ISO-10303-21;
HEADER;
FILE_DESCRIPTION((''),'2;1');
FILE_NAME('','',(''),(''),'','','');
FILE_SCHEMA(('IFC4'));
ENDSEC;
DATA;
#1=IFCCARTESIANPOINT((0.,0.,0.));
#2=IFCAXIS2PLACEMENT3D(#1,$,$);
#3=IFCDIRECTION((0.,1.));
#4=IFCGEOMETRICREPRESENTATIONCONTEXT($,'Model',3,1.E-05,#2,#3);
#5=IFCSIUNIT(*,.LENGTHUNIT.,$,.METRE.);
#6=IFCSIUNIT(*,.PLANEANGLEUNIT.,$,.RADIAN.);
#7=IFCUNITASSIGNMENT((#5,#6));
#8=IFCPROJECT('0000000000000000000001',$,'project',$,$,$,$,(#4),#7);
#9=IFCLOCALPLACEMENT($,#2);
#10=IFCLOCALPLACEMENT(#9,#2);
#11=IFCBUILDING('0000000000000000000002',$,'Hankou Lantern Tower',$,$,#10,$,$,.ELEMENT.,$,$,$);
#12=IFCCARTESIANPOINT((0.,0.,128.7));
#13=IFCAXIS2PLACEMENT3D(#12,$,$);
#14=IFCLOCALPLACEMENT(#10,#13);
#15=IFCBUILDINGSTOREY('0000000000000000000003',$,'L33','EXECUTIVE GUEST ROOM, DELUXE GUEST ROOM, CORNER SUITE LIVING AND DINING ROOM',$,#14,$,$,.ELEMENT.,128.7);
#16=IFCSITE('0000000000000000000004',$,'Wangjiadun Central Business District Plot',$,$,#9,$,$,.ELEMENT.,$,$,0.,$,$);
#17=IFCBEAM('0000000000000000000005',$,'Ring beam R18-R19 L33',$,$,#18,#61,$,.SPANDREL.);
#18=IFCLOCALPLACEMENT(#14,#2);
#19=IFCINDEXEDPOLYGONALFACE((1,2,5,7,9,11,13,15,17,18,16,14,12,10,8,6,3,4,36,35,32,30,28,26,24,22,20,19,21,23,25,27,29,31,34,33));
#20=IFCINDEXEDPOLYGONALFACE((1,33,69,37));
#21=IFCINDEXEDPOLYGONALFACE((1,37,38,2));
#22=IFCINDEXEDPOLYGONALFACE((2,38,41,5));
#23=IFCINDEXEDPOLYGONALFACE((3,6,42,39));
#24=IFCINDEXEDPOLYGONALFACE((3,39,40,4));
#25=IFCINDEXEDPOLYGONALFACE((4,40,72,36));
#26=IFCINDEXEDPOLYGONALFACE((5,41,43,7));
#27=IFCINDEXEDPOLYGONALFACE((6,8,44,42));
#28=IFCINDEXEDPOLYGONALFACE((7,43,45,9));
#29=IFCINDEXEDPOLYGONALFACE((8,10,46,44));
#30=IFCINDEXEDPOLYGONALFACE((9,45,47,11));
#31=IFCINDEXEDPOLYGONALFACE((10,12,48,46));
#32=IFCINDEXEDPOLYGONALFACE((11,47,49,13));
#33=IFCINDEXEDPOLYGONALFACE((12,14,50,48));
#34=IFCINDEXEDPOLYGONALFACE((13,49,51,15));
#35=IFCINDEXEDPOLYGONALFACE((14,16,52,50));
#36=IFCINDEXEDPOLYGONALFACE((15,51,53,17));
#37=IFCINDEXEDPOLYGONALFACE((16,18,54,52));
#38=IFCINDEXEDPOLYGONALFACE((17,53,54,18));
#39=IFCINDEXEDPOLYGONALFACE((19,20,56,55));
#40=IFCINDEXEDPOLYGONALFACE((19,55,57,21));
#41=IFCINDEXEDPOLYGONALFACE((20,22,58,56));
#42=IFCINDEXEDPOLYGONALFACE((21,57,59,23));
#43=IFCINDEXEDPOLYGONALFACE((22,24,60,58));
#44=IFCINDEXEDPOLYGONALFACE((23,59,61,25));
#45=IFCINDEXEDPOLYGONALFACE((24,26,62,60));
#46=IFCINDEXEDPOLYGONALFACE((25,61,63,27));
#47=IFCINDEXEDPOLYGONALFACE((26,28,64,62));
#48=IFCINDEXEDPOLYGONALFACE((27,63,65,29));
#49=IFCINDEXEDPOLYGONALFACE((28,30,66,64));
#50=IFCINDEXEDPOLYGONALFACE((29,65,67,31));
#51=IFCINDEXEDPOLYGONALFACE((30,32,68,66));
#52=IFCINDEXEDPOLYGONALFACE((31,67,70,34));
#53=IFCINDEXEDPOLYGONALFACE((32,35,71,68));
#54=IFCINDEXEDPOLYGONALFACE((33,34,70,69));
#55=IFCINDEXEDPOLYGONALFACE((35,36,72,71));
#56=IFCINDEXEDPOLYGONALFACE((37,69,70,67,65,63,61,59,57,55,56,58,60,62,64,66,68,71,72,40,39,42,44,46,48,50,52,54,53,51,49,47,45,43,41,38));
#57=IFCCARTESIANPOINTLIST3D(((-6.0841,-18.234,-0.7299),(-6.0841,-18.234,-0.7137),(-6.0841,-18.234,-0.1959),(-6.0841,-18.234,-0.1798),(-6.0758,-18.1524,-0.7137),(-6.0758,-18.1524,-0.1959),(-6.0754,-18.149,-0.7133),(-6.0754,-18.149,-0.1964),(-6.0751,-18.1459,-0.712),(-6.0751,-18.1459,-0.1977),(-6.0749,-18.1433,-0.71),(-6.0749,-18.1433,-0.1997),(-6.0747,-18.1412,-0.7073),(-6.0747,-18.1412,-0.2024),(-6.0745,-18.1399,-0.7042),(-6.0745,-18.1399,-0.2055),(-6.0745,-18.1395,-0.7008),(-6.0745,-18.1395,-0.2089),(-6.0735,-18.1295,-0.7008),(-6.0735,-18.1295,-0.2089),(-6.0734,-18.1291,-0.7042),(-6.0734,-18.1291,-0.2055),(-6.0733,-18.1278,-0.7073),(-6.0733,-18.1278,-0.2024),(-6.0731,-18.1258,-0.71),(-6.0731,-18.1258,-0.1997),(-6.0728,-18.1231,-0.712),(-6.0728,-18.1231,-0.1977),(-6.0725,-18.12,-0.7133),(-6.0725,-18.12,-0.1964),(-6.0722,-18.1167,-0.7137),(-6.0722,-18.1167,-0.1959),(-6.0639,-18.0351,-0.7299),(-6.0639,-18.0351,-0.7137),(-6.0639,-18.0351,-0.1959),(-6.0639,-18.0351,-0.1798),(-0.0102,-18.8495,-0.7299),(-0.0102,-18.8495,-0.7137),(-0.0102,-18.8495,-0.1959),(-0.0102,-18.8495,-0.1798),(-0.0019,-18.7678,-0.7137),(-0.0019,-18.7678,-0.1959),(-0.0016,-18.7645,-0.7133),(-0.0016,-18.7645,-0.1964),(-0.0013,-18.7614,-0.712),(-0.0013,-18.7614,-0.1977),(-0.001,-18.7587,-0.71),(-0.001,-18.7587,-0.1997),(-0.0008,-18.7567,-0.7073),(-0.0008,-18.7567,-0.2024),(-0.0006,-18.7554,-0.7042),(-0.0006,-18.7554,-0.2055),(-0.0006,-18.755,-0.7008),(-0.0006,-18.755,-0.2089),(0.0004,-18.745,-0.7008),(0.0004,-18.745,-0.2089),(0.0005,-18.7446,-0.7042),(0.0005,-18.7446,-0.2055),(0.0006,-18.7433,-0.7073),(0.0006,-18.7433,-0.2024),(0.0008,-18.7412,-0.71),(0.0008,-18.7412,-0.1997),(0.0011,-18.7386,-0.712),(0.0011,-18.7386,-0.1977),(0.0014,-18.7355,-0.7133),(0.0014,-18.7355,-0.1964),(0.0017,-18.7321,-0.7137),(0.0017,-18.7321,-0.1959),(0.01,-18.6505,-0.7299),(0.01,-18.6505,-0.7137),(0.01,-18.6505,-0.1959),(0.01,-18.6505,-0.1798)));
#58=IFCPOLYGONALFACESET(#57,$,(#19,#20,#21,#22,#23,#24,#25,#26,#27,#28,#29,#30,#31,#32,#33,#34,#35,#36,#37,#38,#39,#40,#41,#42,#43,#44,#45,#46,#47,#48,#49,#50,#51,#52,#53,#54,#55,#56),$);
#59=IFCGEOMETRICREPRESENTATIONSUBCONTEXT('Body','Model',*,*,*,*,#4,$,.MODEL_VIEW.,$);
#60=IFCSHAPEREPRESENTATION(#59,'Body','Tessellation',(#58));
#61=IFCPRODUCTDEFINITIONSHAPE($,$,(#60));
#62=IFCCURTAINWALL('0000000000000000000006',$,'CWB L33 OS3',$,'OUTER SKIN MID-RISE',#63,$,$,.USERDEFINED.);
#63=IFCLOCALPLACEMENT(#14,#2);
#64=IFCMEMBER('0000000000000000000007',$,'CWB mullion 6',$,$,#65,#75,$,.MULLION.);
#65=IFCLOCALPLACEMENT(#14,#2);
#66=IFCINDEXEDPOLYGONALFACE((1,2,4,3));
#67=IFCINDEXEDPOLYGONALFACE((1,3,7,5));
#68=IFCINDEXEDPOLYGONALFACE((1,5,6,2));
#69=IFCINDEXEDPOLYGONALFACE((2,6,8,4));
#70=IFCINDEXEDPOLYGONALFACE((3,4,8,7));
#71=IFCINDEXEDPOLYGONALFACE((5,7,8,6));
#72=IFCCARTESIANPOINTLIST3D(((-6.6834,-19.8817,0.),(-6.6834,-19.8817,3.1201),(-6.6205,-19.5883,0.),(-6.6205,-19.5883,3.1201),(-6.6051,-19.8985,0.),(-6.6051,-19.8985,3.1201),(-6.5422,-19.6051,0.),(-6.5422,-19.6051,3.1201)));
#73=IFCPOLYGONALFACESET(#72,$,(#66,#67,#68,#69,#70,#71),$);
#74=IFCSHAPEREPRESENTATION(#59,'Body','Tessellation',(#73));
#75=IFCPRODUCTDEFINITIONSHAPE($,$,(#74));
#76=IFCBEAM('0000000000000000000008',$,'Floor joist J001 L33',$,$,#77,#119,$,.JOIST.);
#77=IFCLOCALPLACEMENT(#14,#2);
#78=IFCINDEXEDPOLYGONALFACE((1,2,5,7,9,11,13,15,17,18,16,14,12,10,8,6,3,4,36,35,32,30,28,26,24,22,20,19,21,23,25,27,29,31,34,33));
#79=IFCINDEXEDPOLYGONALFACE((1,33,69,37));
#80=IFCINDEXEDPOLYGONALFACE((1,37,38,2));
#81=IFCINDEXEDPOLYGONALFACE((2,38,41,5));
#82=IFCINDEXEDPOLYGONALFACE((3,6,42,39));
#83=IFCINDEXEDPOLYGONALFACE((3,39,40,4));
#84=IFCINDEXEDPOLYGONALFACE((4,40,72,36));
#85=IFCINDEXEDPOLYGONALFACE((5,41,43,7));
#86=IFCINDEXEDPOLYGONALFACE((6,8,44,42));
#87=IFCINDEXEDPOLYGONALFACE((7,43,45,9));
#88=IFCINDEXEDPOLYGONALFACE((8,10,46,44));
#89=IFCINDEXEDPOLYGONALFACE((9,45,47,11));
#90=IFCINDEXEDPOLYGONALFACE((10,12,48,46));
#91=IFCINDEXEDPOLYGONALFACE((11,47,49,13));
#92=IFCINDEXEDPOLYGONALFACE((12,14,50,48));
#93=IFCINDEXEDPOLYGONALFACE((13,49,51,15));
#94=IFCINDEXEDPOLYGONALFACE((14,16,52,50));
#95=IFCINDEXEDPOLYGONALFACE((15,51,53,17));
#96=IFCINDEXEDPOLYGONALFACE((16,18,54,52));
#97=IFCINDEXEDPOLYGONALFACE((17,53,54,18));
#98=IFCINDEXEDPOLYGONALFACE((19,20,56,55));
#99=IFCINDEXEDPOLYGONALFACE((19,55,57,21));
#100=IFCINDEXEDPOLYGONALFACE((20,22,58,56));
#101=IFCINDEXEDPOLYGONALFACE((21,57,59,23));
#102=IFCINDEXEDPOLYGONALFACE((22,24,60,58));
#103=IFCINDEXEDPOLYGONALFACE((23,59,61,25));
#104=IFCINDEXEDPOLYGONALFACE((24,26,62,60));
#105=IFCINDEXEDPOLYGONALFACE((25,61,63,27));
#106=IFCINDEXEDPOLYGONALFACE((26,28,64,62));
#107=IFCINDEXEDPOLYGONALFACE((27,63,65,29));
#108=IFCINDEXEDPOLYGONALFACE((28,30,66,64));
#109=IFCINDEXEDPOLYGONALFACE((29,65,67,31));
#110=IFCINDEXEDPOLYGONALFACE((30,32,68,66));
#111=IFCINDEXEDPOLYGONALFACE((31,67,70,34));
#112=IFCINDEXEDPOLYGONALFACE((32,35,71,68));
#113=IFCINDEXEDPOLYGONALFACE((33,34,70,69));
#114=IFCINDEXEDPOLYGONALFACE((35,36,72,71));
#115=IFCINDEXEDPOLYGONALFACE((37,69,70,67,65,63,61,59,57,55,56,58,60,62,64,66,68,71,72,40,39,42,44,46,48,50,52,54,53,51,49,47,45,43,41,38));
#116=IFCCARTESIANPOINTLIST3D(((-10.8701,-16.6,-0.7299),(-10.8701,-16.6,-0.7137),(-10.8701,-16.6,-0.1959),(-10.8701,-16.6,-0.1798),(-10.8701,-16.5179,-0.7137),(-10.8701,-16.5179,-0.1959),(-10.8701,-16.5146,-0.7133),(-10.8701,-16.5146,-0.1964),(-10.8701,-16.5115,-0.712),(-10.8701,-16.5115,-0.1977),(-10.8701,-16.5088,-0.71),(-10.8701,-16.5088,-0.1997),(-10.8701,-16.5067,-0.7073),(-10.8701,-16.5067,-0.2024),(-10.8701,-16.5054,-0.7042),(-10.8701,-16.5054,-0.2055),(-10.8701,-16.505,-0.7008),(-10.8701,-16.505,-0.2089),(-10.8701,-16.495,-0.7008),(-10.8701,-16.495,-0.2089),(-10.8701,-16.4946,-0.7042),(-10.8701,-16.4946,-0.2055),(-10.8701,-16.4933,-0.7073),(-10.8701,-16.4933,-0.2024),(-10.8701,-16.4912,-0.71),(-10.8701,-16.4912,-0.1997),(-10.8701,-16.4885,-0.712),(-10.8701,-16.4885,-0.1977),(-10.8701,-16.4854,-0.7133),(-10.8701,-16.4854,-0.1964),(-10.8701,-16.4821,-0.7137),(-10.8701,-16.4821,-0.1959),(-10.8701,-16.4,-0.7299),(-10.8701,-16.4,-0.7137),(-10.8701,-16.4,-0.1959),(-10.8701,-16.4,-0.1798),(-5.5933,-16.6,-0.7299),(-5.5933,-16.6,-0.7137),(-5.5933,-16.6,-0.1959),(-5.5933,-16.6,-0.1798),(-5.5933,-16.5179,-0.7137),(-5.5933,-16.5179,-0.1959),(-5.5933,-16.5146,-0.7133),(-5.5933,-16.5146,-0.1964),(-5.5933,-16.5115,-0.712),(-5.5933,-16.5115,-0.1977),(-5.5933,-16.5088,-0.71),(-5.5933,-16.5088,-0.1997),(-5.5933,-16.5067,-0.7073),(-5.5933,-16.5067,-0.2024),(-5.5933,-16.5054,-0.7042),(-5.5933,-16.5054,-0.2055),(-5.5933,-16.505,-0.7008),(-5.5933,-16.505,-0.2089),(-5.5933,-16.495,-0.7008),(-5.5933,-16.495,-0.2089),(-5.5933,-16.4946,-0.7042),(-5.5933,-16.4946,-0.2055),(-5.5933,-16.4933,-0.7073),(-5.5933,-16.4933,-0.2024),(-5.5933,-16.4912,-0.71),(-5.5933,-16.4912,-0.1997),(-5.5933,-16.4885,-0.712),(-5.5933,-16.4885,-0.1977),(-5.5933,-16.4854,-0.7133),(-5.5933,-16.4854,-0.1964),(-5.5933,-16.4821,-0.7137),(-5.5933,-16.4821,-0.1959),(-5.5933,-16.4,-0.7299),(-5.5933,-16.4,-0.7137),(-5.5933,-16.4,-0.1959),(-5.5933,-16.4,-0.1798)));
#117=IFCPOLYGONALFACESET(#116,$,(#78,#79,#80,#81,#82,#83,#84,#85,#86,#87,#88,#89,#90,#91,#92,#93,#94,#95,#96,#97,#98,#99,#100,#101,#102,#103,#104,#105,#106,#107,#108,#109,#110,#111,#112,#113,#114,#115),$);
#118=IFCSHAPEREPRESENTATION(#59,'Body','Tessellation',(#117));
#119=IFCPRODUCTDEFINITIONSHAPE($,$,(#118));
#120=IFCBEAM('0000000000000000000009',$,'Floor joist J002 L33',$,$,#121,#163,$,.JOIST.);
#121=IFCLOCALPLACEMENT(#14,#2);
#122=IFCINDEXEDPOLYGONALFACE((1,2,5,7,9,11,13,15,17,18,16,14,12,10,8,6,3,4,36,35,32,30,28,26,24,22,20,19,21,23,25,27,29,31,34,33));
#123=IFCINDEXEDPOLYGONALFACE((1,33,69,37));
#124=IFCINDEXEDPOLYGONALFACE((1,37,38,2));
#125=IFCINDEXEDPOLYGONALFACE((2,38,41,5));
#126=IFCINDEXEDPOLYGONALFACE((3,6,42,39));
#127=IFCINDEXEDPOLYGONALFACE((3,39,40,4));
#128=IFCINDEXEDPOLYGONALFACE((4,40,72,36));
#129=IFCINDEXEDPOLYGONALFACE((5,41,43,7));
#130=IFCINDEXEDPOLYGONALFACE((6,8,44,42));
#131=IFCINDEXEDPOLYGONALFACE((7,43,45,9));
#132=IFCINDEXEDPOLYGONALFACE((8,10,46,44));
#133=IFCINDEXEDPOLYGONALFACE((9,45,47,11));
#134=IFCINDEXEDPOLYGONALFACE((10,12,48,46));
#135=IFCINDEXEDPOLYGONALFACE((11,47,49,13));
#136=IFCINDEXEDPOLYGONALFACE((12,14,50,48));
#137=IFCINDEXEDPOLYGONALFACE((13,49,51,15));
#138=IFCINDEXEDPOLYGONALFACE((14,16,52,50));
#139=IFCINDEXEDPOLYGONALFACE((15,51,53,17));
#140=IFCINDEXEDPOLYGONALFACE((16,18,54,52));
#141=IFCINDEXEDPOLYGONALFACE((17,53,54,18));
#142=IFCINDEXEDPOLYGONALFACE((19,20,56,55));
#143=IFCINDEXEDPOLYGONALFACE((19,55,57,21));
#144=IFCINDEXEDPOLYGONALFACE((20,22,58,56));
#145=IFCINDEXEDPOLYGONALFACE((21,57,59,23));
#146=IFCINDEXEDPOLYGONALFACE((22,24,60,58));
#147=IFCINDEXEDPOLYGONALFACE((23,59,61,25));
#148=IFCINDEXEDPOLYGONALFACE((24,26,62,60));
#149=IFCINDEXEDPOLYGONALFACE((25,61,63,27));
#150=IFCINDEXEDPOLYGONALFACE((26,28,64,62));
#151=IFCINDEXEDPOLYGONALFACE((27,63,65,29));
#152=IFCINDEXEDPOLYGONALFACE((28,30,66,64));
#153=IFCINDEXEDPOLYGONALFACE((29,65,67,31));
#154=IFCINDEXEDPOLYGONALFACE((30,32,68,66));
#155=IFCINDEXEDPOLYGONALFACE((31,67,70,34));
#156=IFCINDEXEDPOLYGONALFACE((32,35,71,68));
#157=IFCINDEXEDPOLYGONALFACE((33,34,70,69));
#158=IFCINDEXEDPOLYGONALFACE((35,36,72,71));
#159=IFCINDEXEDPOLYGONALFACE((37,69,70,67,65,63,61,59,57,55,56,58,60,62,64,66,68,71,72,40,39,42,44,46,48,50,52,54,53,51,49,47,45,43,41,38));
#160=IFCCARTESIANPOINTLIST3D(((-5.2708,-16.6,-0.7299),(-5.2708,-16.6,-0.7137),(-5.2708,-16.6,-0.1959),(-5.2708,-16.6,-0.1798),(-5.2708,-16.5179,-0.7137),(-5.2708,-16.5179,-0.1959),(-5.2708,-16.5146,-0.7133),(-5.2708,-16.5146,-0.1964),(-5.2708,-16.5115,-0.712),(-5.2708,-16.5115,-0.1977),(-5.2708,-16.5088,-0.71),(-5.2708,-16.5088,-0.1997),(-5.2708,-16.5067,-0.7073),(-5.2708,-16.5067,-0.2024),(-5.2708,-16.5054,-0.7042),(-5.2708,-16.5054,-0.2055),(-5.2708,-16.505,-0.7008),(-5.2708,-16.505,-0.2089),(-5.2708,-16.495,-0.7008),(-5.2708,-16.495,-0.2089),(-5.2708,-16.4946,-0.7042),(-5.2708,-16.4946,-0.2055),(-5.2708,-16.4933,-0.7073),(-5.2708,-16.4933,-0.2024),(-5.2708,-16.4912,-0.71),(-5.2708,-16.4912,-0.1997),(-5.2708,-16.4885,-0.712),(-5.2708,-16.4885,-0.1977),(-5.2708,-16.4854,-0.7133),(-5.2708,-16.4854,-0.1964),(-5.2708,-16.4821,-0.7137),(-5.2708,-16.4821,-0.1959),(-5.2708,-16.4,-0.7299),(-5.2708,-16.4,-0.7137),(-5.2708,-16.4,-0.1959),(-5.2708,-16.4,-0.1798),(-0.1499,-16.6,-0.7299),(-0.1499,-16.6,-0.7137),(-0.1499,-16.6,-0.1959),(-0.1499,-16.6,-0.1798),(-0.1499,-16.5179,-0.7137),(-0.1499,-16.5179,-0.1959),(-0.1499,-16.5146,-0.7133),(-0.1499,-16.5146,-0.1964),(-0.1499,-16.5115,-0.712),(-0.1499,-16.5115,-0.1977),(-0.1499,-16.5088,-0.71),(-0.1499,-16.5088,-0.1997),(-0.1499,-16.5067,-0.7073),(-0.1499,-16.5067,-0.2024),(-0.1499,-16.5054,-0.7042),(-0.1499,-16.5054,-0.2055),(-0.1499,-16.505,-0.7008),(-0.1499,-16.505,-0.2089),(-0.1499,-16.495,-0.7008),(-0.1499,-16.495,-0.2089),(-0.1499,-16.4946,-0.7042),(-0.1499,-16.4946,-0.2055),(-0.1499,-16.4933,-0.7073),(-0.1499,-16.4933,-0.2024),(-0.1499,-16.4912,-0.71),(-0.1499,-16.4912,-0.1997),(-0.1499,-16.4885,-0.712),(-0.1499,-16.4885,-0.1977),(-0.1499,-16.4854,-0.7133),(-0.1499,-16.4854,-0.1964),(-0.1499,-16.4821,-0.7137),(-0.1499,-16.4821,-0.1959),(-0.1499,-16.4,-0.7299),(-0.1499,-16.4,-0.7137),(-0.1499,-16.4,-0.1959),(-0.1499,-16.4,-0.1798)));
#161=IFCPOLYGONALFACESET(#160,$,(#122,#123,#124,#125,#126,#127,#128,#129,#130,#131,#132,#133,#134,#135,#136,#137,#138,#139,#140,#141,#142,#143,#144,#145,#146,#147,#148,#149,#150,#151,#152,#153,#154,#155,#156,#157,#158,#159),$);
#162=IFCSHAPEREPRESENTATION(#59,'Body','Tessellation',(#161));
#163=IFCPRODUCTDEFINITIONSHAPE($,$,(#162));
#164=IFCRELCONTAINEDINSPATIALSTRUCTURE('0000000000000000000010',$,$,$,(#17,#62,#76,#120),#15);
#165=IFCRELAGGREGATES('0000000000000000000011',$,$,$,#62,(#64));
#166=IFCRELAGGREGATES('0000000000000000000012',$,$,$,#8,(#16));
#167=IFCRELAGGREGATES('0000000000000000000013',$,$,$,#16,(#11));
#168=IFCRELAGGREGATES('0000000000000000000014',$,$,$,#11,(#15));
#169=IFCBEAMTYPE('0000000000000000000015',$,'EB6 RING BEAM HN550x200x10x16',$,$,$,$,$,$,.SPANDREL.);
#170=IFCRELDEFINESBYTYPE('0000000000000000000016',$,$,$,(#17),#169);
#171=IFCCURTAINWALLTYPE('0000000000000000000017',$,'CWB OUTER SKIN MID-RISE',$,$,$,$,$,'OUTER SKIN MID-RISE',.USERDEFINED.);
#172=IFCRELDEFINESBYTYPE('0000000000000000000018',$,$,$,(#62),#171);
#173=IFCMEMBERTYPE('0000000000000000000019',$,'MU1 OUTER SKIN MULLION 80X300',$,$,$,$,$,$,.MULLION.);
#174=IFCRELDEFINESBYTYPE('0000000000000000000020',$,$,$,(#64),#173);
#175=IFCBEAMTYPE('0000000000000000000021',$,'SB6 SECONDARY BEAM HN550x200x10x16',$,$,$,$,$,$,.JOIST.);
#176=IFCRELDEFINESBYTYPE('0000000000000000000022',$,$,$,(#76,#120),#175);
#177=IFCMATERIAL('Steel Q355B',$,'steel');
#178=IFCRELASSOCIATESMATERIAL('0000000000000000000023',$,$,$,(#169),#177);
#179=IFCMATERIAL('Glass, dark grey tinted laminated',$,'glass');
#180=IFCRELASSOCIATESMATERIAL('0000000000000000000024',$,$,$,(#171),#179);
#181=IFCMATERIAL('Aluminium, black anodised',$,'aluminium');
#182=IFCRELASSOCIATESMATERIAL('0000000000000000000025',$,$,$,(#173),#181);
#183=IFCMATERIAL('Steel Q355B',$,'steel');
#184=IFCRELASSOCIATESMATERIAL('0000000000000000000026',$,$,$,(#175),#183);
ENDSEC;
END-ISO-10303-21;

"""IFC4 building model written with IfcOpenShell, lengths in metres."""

from ifc_helpers import new_model, si_unit, direction, frame, origin, origin_2d, place, context, subcontext, project, spatial, rectangle, i_section, extrude, material, material_profile, profile_set, type_object, element, aggregate, save


model = new_model("IFC4")

# Units and contexts
model_context = context("Model", 3, precision=1e-05, world=origin(), true_north=direction((0.0, 1.0)))
body_context = subcontext(model_context, "Body", "Model", "MODEL_VIEW")
ifc_project = project(units=[si_unit("LENGTHUNIT", "METRE"), si_unit("PLANEANGLEUNIT", "RADIAN")], contexts=[model_context])

# Site, building, storey
site_placement = place(None, origin())
site = spatial("IfcSite", under=ifc_project, at=site_placement, Name="Wangjiadun Central Business District Plot", CompositionType="ELEMENT", RefElevation=0.0)
building_placement = place(site_placement, origin())
building = spatial("IfcBuilding", under=site, at=building_placement, Name="Hankou Lantern Tower", CompositionType="ELEMENT")
storey_placement = place(building_placement, frame((0.0, 0.0, 128.7)))
storey = spatial("IfcBuildingStorey", under=building, at=storey_placement, Name="L33", Description="EXECUTIVE GUEST ROOM, DELUXE GUEST ROOM, CORNER SUITE LIVING AND DINING ROOM", CompositionType="ELEMENT", Elevation=128.7)

# Beam
ifc_material_1 = material(Name="Steel Q355B", Category="steel")
ifc_material_profile_1 = material_profile(ifc_material_1, i_section(OverallWidth=0.2, OverallDepth=0.55, WebThickness=0.01, FlangeThickness=0.0161, FilletRadius=0.0129, at=origin_2d()), Name="HN550x200x10x16")
ifc_profile_set_1 = profile_set([ifc_material_profile_1], Name="Steel Q355B")
beam_type_1 = type_object("IfcBeamType", Name="EB6 RING BEAM HN550x200x10x16", PredefinedType="SPANDREL", material=ifc_profile_set_1)
beam_1_placement = place(storey_placement, frame((-6.074, -18.1345, -0.4548), z_axis=(0.994905, -0.100814, 0.0), x_axis=(0.100814, 0.994905, 0.0)))
element("IfcBeam", 1, at=beam_1_placement, inside=storey, type_object=beam_type_1, Name="Ring beam R18-R19 L33", PredefinedType="SPANDREL", context=body_context, shape_type="SweptSolid", body=[
    extrude(i_section(OverallWidth=0.2, OverallDepth=0.55, WebThickness=0.01, FlangeThickness=0.0161, FilletRadius=0.0129, at=origin_2d()), origin(), (0.0, 0.0, 1.0), 6.105),
])

# Curtain wall, member
ifc_material_2 = material(Name="Glass, dark grey tinted laminated", Category="glass")
curtain_wall_type = type_object("IfcCurtainWallType", Name="CWB OUTER SKIN MID-RISE", ElementType="OUTER SKIN MID-RISE", PredefinedType="USERDEFINED", material=ifc_material_2)
curtain_wall_placement = place(storey_placement, origin())
curtain_wall = element("IfcCurtainWall", 2, at=curtain_wall_placement, inside=storey, type_object=curtain_wall_type, Name="CWB L33 OS3", ObjectType="OUTER SKIN MID-RISE", PredefinedType="USERDEFINED")
ifc_material_3 = material(Name="Aluminium, black anodised", Category="aluminium")
ifc_material_profile_2 = material_profile(ifc_material_3, rectangle(XDim=0.0801, YDim=0.3, at=origin_2d()), Name="MU1 80X300")
ifc_profile_set_2 = profile_set([ifc_material_profile_2], Name="Aluminium, black anodised")
member_type_1 = type_object("IfcMemberType", Name="MU1 OUTER SKIN MULLION 80X300", PredefinedType="MULLION", material=ifc_profile_set_2)
member_1_placement = place(storey_placement, frame((-6.6128, -19.7434, 0.0), z_axis=(0.0, 0.0, 1.0), x_axis=(0.977788, -0.209598, 0.0)))
member_1 = element("IfcMember", 3, at=member_1_placement, type_object=member_type_1, Name="CWB mullion 6", PredefinedType="MULLION", context=body_context, shape_type="SweptSolid", body=[
    extrude(rectangle(XDim=0.0801, YDim=0.3, at=origin_2d()), origin(), (0.0, 0.0, 1.0), 3.1201),
])

# Beams
ifc_material_4 = material(Name="Steel Q355B", Category="steel")
ifc_material_profile_3 = material_profile(ifc_material_4, i_section(OverallWidth=0.2, OverallDepth=0.55, WebThickness=0.01, FlangeThickness=0.0161, FilletRadius=0.0129, at=origin_2d()), Name="HN550x200x10x16")
ifc_profile_set_3 = profile_set([ifc_material_profile_3], Name="Steel Q355B")
beam_type_2 = type_object("IfcBeamType", Name="SB6 SECONDARY BEAM HN550x200x10x16", PredefinedType="JOIST", material=ifc_profile_set_3)
beam_2_placement = place(storey_placement, frame((-10.8701, -16.5, -0.4548), z_axis=(1.0, 0.0, 0.0), x_axis=(0.0, 1.0, 0.0)))
element("IfcBeam", 4, at=beam_2_placement, inside=storey, type_object=beam_type_2, Name="Floor joist J001 L33", PredefinedType="JOIST", context=body_context, shape_type="SweptSolid", body=[
    extrude(i_section(OverallWidth=0.2, OverallDepth=0.55, WebThickness=0.01, FlangeThickness=0.0161, FilletRadius=0.0129, at=origin_2d()), origin(), (0.0, 0.0, 1.0), 5.2769),
])
beam_3_placement = place(storey_placement, frame((-5.2708, -16.5, -0.4548), z_axis=(1.0, 0.0, 0.0), x_axis=(0.0, 1.0, 0.0)))
element("IfcBeam", 5, at=beam_3_placement, inside=storey, type_object=beam_type_2, Name="Floor joist J002 L33", PredefinedType="JOIST", context=body_context, shape_type="SweptSolid", body=[
    extrude(i_section(OverallWidth=0.2, OverallDepth=0.55, WebThickness=0.01, FlangeThickness=0.0161, FilletRadius=0.0129, at=origin_2d()), origin(), (0.0, 0.0, 1.0), 5.1208),
])

aggregate(curtain_wall, [member_1])

save(model, "model.ifc")
